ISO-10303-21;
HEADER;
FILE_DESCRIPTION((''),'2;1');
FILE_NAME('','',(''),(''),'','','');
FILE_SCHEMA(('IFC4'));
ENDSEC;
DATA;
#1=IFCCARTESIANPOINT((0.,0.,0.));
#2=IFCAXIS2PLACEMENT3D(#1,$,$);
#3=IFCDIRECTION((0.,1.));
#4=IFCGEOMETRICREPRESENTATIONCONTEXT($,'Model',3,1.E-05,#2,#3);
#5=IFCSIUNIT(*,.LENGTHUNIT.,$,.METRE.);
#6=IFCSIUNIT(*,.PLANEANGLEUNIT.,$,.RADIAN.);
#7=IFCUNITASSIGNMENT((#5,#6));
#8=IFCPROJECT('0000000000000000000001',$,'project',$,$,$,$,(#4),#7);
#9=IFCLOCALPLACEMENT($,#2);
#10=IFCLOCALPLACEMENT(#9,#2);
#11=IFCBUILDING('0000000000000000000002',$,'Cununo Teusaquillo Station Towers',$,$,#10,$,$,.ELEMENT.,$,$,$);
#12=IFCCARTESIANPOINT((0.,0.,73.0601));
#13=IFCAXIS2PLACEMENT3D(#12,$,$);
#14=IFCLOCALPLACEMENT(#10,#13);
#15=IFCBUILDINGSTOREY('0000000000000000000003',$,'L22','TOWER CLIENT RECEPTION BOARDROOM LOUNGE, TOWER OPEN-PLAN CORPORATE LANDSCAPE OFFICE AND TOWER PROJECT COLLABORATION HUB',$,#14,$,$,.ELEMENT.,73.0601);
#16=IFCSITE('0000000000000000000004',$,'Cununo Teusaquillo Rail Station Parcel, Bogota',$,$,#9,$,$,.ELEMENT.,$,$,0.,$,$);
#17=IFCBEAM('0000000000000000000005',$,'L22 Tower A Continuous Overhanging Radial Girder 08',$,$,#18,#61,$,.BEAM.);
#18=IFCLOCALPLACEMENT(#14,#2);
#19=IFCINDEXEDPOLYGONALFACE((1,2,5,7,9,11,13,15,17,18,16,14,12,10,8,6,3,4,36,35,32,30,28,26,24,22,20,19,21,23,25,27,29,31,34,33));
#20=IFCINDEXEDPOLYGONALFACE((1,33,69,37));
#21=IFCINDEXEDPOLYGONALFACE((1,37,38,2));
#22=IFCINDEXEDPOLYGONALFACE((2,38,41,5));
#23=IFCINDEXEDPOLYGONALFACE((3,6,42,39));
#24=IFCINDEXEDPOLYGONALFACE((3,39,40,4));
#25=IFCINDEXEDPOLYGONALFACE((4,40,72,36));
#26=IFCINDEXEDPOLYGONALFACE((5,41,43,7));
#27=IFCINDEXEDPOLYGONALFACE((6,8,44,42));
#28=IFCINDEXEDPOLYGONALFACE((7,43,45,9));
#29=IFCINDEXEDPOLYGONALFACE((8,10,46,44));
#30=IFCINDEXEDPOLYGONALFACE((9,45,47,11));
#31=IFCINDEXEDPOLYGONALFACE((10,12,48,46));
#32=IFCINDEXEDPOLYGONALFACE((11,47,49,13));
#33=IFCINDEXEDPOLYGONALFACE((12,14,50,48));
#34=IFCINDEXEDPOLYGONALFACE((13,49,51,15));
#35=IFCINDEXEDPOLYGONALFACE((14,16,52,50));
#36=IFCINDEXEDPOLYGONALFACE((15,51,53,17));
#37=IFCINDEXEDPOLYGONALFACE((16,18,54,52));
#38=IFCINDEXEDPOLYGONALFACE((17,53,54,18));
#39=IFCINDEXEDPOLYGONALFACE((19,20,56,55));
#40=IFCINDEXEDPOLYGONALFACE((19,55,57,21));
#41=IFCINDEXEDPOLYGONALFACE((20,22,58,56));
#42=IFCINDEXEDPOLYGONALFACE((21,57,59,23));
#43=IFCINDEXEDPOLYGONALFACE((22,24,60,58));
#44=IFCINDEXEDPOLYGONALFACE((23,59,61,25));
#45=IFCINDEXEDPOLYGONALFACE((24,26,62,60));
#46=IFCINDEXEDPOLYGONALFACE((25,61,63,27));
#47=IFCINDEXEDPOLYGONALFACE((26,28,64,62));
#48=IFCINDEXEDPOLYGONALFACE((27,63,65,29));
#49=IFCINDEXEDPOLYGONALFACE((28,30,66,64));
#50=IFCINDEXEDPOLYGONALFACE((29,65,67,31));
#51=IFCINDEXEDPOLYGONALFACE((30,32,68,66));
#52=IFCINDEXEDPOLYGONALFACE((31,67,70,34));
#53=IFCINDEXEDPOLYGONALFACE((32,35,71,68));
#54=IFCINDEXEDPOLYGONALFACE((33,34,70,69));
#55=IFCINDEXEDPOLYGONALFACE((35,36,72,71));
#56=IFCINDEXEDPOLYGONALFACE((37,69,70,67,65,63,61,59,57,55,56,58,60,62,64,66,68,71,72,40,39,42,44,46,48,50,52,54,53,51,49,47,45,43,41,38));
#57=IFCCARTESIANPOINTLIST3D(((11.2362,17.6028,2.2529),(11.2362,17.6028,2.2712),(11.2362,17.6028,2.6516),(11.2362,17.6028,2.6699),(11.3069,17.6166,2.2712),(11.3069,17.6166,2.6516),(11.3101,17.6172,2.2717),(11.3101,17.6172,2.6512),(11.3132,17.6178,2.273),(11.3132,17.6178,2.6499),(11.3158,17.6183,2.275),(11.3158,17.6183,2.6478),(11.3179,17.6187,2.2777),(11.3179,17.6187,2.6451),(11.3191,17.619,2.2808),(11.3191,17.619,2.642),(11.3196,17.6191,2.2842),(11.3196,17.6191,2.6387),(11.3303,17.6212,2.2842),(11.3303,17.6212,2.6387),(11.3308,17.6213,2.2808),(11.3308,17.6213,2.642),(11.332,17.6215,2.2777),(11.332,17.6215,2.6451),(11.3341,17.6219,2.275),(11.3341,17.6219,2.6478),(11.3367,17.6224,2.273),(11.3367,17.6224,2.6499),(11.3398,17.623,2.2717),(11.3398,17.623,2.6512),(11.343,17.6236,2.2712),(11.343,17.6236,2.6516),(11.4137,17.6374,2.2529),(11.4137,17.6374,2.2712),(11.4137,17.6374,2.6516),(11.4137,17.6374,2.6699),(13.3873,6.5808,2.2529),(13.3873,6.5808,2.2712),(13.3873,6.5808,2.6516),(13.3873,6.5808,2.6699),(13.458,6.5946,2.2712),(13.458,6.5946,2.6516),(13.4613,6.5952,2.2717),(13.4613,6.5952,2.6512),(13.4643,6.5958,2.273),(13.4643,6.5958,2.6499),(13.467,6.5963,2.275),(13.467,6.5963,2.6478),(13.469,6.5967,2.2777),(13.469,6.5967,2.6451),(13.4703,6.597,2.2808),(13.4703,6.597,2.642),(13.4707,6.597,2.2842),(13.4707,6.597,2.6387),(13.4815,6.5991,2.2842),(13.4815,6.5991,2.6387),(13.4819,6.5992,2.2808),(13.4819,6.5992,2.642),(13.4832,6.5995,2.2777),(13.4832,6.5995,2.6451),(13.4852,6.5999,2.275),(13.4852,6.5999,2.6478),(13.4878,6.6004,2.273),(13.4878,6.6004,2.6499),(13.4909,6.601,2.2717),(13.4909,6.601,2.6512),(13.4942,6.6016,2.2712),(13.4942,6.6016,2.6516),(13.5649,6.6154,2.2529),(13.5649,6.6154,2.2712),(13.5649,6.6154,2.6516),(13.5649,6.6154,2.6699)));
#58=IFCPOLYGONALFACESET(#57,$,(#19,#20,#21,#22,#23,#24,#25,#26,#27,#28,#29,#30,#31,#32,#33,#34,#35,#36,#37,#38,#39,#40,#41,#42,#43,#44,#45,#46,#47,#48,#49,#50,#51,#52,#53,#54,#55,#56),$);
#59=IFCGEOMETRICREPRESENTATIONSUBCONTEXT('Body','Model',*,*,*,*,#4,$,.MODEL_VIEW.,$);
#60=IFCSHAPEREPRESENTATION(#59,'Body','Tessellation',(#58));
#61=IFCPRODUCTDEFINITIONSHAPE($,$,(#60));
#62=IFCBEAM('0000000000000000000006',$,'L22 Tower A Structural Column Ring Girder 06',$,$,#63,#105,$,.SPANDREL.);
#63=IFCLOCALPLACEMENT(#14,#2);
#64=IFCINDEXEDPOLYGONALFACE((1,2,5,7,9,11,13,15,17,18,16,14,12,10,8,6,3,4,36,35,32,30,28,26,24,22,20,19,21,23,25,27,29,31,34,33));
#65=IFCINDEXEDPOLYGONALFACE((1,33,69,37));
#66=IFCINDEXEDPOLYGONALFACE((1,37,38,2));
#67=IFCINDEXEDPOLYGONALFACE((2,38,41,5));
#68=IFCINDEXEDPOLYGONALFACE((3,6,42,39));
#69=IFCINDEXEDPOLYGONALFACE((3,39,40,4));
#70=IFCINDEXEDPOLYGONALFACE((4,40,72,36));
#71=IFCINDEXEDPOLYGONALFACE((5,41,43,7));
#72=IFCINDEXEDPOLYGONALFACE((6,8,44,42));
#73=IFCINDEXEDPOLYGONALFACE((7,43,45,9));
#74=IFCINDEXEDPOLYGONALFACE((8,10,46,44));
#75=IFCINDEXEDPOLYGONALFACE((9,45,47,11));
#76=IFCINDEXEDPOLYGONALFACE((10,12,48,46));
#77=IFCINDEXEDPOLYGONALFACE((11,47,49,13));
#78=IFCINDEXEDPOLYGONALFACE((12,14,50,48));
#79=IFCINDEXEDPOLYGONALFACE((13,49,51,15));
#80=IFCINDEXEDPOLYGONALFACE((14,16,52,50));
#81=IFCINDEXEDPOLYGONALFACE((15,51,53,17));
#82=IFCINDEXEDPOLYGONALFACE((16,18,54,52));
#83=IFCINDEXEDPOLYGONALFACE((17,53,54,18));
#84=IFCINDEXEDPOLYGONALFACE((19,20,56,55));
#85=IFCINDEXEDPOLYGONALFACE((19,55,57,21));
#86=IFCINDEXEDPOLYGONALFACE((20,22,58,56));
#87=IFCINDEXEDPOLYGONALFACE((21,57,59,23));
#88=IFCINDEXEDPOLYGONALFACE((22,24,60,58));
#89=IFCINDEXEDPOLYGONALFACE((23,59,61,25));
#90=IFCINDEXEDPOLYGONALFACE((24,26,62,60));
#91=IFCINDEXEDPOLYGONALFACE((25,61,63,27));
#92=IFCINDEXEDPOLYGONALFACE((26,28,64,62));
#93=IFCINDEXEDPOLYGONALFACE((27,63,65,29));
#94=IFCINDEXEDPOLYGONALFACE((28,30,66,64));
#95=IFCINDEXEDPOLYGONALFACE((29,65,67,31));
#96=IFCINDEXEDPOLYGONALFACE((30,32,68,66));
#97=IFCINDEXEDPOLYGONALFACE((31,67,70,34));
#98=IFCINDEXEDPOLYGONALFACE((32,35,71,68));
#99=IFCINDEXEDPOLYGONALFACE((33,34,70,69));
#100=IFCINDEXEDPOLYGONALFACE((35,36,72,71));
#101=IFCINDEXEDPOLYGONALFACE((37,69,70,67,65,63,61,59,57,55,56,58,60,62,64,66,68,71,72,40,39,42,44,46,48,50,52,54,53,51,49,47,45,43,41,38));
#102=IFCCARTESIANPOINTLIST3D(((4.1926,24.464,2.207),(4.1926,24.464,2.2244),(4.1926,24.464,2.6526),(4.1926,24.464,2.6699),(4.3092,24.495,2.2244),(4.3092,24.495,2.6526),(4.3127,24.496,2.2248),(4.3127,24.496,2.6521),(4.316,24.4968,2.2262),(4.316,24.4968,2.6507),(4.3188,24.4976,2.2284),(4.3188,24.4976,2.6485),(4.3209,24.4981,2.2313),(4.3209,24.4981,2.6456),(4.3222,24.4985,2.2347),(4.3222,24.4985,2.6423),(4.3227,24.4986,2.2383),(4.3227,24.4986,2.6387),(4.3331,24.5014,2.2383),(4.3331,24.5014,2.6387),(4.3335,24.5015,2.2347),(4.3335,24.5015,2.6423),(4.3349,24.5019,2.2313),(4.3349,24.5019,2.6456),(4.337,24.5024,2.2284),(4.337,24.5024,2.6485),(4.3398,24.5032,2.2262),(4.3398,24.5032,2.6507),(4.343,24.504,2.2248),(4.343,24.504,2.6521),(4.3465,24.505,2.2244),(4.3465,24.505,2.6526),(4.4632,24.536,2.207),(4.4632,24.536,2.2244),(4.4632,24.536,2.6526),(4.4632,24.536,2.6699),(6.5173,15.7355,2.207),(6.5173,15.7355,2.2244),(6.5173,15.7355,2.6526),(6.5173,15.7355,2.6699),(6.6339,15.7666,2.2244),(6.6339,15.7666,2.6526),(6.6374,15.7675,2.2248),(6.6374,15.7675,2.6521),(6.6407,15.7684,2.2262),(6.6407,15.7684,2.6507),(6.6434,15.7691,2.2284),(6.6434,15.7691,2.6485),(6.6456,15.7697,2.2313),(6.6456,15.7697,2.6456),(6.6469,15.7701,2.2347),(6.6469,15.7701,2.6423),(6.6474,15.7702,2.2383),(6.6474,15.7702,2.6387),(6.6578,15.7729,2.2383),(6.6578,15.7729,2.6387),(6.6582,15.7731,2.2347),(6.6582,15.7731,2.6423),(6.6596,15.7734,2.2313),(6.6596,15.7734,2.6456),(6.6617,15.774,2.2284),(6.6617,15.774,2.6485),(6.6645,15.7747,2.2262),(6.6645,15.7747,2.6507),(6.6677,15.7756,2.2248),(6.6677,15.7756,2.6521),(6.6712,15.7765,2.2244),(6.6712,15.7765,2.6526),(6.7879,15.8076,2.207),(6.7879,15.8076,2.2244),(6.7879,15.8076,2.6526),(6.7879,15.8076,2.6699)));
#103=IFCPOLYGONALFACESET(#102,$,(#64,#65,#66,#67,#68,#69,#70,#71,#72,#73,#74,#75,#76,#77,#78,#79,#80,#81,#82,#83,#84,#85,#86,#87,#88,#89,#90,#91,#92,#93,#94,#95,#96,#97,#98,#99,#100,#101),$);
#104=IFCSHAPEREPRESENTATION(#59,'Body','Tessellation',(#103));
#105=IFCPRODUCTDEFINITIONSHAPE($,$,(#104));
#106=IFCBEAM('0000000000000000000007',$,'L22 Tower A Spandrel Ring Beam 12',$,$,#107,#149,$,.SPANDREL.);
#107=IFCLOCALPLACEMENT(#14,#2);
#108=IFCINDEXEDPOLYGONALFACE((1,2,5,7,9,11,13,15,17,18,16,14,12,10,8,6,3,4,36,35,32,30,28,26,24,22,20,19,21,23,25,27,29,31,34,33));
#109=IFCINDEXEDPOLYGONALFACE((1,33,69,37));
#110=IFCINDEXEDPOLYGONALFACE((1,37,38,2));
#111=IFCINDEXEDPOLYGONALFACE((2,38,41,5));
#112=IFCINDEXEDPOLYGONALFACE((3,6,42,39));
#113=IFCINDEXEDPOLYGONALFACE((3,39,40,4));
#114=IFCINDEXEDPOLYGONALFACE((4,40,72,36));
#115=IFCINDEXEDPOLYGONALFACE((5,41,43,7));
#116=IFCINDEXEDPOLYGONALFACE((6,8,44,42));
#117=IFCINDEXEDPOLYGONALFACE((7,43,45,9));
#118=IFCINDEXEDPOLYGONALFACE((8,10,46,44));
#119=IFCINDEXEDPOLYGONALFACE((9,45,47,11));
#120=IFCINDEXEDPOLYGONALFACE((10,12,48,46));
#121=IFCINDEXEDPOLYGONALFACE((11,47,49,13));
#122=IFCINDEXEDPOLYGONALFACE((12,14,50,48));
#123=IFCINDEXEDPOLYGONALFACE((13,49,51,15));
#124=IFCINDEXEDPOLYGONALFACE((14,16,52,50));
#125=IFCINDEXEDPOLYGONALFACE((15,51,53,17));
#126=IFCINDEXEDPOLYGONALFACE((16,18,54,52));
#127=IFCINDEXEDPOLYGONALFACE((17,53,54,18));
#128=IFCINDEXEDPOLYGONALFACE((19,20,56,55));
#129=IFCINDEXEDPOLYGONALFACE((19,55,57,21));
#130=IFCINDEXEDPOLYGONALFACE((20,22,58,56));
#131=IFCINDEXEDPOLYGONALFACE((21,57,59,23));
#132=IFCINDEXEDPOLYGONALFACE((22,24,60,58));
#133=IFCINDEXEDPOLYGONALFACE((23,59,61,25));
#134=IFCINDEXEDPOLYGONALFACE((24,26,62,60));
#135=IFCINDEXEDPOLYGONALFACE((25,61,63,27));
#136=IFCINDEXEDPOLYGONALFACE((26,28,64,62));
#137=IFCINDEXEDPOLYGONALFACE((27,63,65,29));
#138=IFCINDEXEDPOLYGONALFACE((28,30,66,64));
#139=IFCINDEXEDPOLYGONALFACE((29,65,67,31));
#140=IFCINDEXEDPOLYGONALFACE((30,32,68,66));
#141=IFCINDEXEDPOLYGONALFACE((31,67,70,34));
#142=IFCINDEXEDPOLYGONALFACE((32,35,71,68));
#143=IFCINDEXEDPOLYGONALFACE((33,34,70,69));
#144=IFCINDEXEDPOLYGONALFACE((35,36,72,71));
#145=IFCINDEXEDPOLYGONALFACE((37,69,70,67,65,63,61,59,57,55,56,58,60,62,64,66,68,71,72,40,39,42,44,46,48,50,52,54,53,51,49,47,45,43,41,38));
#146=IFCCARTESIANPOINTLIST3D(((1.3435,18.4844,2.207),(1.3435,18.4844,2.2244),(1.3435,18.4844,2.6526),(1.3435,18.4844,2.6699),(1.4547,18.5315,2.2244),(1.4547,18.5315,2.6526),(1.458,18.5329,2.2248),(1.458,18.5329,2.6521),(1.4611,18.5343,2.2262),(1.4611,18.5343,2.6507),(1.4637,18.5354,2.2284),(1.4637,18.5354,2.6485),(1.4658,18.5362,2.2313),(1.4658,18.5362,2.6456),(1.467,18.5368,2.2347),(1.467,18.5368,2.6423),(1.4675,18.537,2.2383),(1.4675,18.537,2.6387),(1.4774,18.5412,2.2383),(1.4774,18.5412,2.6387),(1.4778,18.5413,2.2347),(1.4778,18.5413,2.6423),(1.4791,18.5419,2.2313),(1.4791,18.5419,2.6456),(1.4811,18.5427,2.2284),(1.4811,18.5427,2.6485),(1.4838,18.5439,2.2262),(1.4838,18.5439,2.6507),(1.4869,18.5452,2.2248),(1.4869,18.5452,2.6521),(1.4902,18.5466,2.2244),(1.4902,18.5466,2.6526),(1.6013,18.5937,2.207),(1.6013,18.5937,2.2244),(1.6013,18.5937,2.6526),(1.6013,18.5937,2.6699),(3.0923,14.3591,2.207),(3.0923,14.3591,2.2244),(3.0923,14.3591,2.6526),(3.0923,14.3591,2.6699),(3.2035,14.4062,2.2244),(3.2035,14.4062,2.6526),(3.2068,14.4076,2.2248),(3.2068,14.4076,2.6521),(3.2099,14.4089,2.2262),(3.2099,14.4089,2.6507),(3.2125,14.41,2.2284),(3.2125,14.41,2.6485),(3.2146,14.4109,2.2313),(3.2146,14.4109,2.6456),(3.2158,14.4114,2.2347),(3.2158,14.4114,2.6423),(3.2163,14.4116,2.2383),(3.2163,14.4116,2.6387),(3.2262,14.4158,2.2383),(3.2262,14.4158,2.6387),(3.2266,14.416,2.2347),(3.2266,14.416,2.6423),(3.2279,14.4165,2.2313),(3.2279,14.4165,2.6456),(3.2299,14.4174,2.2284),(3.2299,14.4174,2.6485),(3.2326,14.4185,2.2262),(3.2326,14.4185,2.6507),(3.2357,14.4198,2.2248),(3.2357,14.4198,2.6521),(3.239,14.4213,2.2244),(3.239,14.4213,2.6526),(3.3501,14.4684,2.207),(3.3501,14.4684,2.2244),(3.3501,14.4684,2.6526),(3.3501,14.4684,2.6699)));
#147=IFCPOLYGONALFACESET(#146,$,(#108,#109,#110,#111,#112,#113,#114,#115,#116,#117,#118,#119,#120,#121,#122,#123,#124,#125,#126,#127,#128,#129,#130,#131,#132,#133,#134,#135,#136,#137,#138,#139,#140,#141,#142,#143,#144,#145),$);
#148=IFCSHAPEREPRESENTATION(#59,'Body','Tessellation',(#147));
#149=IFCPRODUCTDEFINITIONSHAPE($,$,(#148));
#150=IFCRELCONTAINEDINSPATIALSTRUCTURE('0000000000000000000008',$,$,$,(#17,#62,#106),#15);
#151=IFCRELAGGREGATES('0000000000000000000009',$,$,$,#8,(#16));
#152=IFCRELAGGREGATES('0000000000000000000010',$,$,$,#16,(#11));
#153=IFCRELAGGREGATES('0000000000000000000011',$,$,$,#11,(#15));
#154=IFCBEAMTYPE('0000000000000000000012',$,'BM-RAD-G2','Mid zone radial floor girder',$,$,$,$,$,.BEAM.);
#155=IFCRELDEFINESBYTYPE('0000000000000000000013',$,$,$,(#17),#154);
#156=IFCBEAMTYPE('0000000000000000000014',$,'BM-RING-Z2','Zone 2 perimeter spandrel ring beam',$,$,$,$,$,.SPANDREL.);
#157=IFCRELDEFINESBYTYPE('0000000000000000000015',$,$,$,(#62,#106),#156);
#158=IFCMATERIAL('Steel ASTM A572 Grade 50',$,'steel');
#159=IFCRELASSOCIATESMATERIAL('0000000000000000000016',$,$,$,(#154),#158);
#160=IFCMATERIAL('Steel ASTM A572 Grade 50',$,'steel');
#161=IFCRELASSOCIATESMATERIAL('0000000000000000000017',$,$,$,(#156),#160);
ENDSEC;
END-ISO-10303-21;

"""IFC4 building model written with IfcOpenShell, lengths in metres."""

from ifc_helpers import new_model, si_unit, direction, frame, origin, origin_2d, place, context, subcontext, project, spatial, i_section, extrude, material, material_profile, profile_set, type_object, element, save


model = new_model("IFC4")

# Units and contexts
model_context = context("Model", 3, precision=1e-05, world=origin(), true_north=direction((0.0, 1.0)))
body_context = subcontext(model_context, "Body", "Model", "MODEL_VIEW")
ifc_project = project(units=[si_unit("LENGTHUNIT", "METRE"), si_unit("PLANEANGLEUNIT", "RADIAN")], contexts=[model_context])

# Site, building, storey
site_placement = place(None, origin())
site = spatial("IfcSite", under=ifc_project, at=site_placement, Name="Cununo Teusaquillo Rail Station Parcel, Bogota", CompositionType="ELEMENT", RefElevation=0.0)
building_placement = place(site_placement, origin())
building = spatial("IfcBuilding", under=site, at=building_placement, Name="Cununo Teusaquillo Station Towers", CompositionType="ELEMENT")
storey_placement = place(building_placement, frame((0.0, 0.0, 73.0601)))
storey = spatial("IfcBuildingStorey", under=building, at=storey_placement, Name="L22", Description="TOWER CLIENT RECEPTION BOARDROOM LOUNGE, TOWER OPEN-PLAN CORPORATE LANDSCAPE OFFICE AND TOWER PROJECT COLLABORATION HUB", CompositionType="ELEMENT", Elevation=73.0601)

# Beams
ifc_material_1 = material(Name="Steel ASTM A572 Grade 50", Category="steel")
ifc_material_profile_1 = material_profile(ifc_material_1, i_section(OverallWidth=0.1809, OverallDepth=0.417, WebThickness=0.011, FlangeThickness=0.0183, FilletRadius=0.0129, at=origin_2d()), Name="W16X57")
ifc_profile_set_1 = profile_set([ifc_material_profile_1], Name="Steel ASTM A572 Grade 50")
beam_type_1 = type_object("IfcBeamType", Name="BM-RAD-G2", Description="Mid zone radial floor girder", PredefinedType="BEAM", material=ifc_profile_set_1)
beam_1_placement = place(storey_placement, frame((11.325, 17.6201, 2.4614), z_axis=(0.191553, -0.981482, 0.0), x_axis=(0.981482, 0.191553, 0.0)))
element("IfcBeam", 1, at=beam_1_placement, inside=storey, type_object=beam_type_1, Name="L22 Tower A Continuous Overhanging Radial Girder 08", PredefinedType="BEAM", context=body_context, shape_type="SweptSolid", body=[
    extrude(i_section(OverallWidth=0.1809, OverallDepth=0.417, WebThickness=0.011, FlangeThickness=0.0183, FilletRadius=0.0129, at=origin_2d()), origin(), (0.0, 0.0, 1.0), 11.23),
])
ifc_material_2 = material(Name="Steel ASTM A572 Grade 50", Category="steel")
ifc_material_profile_2 = material_profile(ifc_material_2, i_section(OverallWidth=0.28, OverallDepth=0.4629, WebThickness=0.0107, FlangeThickness=0.0173, FilletRadius=0.0139, at=origin_2d()), Name="W18X76")
ifc_profile_set_2 = profile_set([ifc_material_profile_2], Name="Steel ASTM A572 Grade 50")
beam_type_2 = type_object("IfcBeamType", Name="BM-RING-Z2", Description="Zone 2 perimeter spandrel ring beam", PredefinedType="SPANDREL", material=ifc_profile_set_2)
beam_2_placement = place(storey_placement, frame((4.3279, 24.5, 2.4385), z_axis=(0.257363, -0.966315, 0.0), x_axis=(0.966315, 0.257363, 0.0)))
element("IfcBeam", 2, at=beam_2_placement, inside=storey, type_object=beam_type_2, Name="L22 Tower A Structural Column Ring Girder 06", PredefinedType="SPANDREL", context=body_context, shape_type="SweptSolid", body=[
    extrude(i_section(OverallWidth=0.28, OverallDepth=0.4629, WebThickness=0.0107, FlangeThickness=0.0173, FilletRadius=0.0139, at=origin_2d()), origin(), (0.0, 0.0, 1.0), 9.0327),
])
beam_3_placement = place(storey_placement, frame((1.4724, 18.5391, 2.4385), z_axis=(0.390299, -0.920688, 0.0), x_axis=(0.920688, 0.390299, 0.0)))
element("IfcBeam", 3, at=beam_3_placement, inside=storey, type_object=beam_type_2, Name="L22 Tower A Spandrel Ring Beam 12", PredefinedType="SPANDREL", context=body_context, shape_type="SweptSolid", body=[
    extrude(i_section(OverallWidth=0.28, OverallDepth=0.4629, WebThickness=0.0107, FlangeThickness=0.0173, FilletRadius=0.0139, at=origin_2d()), origin(), (0.0, 0.0, 1.0), 4.4807),
])

save(model, "model.ifc")
